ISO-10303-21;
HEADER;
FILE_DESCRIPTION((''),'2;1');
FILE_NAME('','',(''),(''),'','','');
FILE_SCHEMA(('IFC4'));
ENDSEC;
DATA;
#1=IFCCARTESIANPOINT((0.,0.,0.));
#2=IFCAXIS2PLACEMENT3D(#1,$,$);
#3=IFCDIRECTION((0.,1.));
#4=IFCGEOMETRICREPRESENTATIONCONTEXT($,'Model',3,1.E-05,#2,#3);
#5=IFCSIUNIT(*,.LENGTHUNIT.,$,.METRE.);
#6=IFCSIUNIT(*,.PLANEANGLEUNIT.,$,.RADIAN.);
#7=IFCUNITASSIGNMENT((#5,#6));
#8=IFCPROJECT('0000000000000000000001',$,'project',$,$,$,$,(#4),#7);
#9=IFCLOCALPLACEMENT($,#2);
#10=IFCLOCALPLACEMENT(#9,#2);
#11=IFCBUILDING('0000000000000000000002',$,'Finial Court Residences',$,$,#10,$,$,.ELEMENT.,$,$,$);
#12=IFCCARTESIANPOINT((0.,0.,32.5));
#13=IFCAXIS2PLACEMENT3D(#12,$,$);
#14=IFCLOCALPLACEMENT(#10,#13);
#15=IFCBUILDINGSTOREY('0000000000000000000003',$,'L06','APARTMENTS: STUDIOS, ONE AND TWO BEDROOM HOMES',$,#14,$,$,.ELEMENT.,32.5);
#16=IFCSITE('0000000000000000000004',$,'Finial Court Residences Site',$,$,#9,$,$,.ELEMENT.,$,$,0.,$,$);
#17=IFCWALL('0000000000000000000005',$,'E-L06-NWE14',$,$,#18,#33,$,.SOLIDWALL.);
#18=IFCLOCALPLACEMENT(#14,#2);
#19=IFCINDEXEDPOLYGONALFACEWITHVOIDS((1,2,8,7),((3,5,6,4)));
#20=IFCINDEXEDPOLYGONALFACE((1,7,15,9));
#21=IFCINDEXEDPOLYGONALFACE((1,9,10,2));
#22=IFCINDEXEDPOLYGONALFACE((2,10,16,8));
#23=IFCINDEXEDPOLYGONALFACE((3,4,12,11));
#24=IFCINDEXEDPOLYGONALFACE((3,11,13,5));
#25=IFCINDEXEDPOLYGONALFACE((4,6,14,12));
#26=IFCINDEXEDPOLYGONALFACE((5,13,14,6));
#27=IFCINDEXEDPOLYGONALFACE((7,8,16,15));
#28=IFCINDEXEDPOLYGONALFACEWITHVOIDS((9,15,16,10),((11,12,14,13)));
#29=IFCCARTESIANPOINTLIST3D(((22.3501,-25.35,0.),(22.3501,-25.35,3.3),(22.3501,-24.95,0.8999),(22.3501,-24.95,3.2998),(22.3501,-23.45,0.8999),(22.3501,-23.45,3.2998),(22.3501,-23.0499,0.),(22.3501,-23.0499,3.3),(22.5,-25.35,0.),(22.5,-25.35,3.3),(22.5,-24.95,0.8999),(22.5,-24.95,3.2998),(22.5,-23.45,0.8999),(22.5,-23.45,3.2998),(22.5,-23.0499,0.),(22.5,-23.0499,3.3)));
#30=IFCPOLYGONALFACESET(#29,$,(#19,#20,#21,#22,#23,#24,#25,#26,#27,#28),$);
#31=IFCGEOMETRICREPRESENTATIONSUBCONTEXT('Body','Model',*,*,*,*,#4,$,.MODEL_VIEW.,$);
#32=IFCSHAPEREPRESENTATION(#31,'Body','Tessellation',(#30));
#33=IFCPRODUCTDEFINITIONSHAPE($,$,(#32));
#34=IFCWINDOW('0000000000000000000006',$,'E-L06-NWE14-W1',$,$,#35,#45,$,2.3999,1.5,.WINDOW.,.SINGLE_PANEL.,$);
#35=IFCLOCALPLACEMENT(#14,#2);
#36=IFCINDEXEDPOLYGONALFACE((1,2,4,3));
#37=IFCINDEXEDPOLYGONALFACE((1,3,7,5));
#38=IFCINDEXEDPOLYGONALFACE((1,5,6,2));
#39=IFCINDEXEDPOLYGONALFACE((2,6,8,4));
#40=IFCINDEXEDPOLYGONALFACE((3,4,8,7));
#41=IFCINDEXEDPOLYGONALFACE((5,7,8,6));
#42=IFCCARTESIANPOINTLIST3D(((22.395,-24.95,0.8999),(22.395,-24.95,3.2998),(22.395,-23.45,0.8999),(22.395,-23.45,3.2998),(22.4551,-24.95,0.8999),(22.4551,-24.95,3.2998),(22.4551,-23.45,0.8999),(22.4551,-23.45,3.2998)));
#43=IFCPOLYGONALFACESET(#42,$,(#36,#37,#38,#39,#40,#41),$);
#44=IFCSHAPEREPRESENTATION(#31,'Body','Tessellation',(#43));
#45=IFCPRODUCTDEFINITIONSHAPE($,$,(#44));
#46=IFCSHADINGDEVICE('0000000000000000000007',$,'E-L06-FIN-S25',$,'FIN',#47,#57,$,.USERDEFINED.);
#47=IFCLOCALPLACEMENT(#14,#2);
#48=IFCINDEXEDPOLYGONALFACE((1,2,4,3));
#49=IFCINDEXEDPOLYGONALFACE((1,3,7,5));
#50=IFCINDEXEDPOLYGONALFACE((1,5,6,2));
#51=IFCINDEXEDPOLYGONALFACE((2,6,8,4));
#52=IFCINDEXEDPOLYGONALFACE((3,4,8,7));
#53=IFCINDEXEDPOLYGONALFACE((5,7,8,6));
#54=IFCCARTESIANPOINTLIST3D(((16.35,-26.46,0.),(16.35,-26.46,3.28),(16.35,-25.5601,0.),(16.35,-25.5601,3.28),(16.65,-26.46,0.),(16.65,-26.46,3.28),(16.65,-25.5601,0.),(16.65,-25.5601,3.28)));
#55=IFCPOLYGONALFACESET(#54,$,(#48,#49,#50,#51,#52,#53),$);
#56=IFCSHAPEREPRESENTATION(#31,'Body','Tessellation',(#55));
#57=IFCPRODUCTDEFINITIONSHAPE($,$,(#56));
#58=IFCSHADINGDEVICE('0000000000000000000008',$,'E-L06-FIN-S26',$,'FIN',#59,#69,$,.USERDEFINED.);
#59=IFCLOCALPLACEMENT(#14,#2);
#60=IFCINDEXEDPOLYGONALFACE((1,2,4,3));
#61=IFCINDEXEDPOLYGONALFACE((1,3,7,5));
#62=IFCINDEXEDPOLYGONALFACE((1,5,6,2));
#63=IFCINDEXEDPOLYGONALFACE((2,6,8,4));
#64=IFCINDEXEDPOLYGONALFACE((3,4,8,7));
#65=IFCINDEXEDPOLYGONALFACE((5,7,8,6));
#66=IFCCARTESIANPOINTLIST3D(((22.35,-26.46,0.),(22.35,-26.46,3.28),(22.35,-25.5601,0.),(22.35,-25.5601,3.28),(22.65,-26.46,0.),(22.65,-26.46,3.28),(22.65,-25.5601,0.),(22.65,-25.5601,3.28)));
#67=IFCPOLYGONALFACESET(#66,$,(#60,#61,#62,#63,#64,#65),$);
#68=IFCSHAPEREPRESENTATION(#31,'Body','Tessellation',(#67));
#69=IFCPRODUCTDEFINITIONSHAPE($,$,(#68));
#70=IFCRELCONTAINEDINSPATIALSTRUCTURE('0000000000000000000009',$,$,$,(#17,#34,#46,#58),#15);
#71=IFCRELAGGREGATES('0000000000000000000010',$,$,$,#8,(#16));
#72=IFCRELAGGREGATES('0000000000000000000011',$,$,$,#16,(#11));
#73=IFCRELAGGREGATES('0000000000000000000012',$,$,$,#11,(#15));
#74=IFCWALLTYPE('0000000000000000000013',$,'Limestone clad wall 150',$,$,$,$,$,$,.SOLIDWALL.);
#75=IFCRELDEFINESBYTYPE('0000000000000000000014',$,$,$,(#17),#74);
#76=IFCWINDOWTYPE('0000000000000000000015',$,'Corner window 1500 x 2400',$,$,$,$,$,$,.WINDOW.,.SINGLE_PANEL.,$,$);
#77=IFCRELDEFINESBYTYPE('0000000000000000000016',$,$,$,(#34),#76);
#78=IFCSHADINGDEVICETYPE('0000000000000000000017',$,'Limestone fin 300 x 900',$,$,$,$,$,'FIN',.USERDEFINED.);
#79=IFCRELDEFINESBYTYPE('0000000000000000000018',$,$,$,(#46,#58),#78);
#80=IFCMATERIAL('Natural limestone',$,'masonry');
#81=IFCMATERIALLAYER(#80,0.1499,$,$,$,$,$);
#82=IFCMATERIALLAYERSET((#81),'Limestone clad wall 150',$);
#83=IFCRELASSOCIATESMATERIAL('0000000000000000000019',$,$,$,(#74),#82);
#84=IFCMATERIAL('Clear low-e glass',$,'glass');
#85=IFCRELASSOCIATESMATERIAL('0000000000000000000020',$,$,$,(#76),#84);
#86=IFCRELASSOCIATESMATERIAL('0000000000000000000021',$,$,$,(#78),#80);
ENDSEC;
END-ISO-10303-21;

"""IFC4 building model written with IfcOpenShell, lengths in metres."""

from ifc_helpers import new_model, si_unit, direction, frame, frame_2d, origin, origin_2d, place, context, subcontext, project, spatial, rectangle, extrude, material, layer, layer_set, type_object, element, fill, save


model = new_model("IFC4")

# Units and contexts
model_context = context("Model", 3, precision=1e-05, world=origin(), true_north=direction((0.0, 1.0)))
body_context = subcontext(model_context, "Body", "Model", "MODEL_VIEW")
ifc_project = project(units=[si_unit("LENGTHUNIT", "METRE"), si_unit("PLANEANGLEUNIT", "RADIAN")], contexts=[model_context])

# Site, building, storey
site_placement = place(None, origin())
site = spatial("IfcSite", under=ifc_project, at=site_placement, Name="Finial Court Residences Site", CompositionType="ELEMENT", RefElevation=0.0)
building_placement = place(site_placement, origin())
building = spatial("IfcBuilding", under=site, at=building_placement, Name="Finial Court Residences", CompositionType="ELEMENT")
storey_placement = place(building_placement, frame((0.0, 0.0, 32.5)))
storey = spatial("IfcBuildingStorey", under=building, at=storey_placement, Name="L06", Description="APARTMENTS: STUDIOS, ONE AND TWO BEDROOM HOMES", CompositionType="ELEMENT", Elevation=32.5)

# Wall, opening, window
ifc_material_1 = material(Name="Natural limestone", Category="masonry")
ifc_layer_1 = layer(ifc_material_1, 0.1499)
ifc_layer_set_1 = layer_set([ifc_layer_1], Name="Limestone clad wall 150")
wall_type_1 = type_object("IfcWallType", Name="Limestone clad wall 150", PredefinedType="SOLIDWALL", material=ifc_layer_set_1)
wall_1_placement = place(storey_placement, frame((22.425, -23.05, 0.0), z_axis=(0.0, 0.0, 1.0), x_axis=(0.0, -1.0, 0.0)))
wall_1 = element("IfcWall", 1, at=wall_1_placement, inside=storey, type_object=wall_type_1, Name="E-L06-NWE14", PredefinedType="SOLIDWALL", context=body_context, shape_type="SweptSolid", body=[
    extrude(rectangle(XDim=2.3, YDim=0.1499, at=frame_2d((1.1499, 0.0))), origin(), (0.0, 0.0, 1.0), 3.3),
])
opening_1_placement = place(wall_1_placement, frame((0.3999, 0.0, 0.8999)))
opening_1 = element("IfcOpeningElement", 2, at=opening_1_placement, cuts=wall_1, PredefinedType="OPENING", context=body_context, shape_type="SweptSolid", body=[
    extrude(rectangle(XDim=1.5, YDim=2.3999, at=frame_2d((0.75, 1.2))), frame((0.0, 0.085, 0.0), z_axis=(0.0, -1.0, 0.0), x_axis=(1.0, 0.0, 0.0)), (0.0, 0.0, 1.0), 0.1699),
])
ifc_material_2 = material(Name="Clear low-e glass", Category="glass")
window_type_1 = type_object("IfcWindowType", Name="Corner window 1500 x 2400", PartitioningType="SINGLE_PANEL", PredefinedType="WINDOW", material=ifc_material_2)
window_1_placement = place(opening_1_placement, origin())
window_1 = element("IfcWindow", 3, at=window_1_placement, inside=storey, type_object=window_type_1, Name="E-L06-NWE14-W1", OverallHeight=2.3999, OverallWidth=1.5, PartitioningType="SINGLE_PANEL", PredefinedType="WINDOW", context=body_context, shape_type="SweptSolid", body=[
    extrude(rectangle(XDim=1.5, YDim=2.3999, at=frame_2d((0.75, 1.2))), frame((0.0, 0.03, 0.0), z_axis=(0.0, -1.0, 0.0), x_axis=(1.0, 0.0, 0.0)), (0.0, 0.0, 1.0), 0.0601),
])
fill(opening_1, window_1)

# Shading devices
shading_device_type = type_object("IfcShadingDeviceType", Name="Limestone fin 300 x 900", ElementType="FIN", PredefinedType="USERDEFINED", material=ifc_material_1)
for number, where, z_axis, x_axis, name in (
    (4, (16.5, -26.01, 0.0), (0.0, 0.0, 1.0), (1.0, 0.0, 0.0), "E-L06-FIN-S25"),
    (5, (22.5, -26.01, 0.0), (0.0, 0.0, 1.0), (1.0, 0.0, 0.0), "E-L06-FIN-S26"),
):
    element("IfcShadingDevice", number, at=place(storey_placement, frame(where, z_axis=z_axis, x_axis=x_axis)), inside=storey, type_object=shading_device_type, Name=name, ObjectType="FIN", PredefinedType="USERDEFINED", context=body_context, shape_type="SweptSolid", body=[
        extrude(rectangle(XDim=0.3, YDim=0.8999, at=origin_2d()), origin(), (0.0, 0.0, 1.0), 3.28),
    ])

save(model, "model.ifc")
